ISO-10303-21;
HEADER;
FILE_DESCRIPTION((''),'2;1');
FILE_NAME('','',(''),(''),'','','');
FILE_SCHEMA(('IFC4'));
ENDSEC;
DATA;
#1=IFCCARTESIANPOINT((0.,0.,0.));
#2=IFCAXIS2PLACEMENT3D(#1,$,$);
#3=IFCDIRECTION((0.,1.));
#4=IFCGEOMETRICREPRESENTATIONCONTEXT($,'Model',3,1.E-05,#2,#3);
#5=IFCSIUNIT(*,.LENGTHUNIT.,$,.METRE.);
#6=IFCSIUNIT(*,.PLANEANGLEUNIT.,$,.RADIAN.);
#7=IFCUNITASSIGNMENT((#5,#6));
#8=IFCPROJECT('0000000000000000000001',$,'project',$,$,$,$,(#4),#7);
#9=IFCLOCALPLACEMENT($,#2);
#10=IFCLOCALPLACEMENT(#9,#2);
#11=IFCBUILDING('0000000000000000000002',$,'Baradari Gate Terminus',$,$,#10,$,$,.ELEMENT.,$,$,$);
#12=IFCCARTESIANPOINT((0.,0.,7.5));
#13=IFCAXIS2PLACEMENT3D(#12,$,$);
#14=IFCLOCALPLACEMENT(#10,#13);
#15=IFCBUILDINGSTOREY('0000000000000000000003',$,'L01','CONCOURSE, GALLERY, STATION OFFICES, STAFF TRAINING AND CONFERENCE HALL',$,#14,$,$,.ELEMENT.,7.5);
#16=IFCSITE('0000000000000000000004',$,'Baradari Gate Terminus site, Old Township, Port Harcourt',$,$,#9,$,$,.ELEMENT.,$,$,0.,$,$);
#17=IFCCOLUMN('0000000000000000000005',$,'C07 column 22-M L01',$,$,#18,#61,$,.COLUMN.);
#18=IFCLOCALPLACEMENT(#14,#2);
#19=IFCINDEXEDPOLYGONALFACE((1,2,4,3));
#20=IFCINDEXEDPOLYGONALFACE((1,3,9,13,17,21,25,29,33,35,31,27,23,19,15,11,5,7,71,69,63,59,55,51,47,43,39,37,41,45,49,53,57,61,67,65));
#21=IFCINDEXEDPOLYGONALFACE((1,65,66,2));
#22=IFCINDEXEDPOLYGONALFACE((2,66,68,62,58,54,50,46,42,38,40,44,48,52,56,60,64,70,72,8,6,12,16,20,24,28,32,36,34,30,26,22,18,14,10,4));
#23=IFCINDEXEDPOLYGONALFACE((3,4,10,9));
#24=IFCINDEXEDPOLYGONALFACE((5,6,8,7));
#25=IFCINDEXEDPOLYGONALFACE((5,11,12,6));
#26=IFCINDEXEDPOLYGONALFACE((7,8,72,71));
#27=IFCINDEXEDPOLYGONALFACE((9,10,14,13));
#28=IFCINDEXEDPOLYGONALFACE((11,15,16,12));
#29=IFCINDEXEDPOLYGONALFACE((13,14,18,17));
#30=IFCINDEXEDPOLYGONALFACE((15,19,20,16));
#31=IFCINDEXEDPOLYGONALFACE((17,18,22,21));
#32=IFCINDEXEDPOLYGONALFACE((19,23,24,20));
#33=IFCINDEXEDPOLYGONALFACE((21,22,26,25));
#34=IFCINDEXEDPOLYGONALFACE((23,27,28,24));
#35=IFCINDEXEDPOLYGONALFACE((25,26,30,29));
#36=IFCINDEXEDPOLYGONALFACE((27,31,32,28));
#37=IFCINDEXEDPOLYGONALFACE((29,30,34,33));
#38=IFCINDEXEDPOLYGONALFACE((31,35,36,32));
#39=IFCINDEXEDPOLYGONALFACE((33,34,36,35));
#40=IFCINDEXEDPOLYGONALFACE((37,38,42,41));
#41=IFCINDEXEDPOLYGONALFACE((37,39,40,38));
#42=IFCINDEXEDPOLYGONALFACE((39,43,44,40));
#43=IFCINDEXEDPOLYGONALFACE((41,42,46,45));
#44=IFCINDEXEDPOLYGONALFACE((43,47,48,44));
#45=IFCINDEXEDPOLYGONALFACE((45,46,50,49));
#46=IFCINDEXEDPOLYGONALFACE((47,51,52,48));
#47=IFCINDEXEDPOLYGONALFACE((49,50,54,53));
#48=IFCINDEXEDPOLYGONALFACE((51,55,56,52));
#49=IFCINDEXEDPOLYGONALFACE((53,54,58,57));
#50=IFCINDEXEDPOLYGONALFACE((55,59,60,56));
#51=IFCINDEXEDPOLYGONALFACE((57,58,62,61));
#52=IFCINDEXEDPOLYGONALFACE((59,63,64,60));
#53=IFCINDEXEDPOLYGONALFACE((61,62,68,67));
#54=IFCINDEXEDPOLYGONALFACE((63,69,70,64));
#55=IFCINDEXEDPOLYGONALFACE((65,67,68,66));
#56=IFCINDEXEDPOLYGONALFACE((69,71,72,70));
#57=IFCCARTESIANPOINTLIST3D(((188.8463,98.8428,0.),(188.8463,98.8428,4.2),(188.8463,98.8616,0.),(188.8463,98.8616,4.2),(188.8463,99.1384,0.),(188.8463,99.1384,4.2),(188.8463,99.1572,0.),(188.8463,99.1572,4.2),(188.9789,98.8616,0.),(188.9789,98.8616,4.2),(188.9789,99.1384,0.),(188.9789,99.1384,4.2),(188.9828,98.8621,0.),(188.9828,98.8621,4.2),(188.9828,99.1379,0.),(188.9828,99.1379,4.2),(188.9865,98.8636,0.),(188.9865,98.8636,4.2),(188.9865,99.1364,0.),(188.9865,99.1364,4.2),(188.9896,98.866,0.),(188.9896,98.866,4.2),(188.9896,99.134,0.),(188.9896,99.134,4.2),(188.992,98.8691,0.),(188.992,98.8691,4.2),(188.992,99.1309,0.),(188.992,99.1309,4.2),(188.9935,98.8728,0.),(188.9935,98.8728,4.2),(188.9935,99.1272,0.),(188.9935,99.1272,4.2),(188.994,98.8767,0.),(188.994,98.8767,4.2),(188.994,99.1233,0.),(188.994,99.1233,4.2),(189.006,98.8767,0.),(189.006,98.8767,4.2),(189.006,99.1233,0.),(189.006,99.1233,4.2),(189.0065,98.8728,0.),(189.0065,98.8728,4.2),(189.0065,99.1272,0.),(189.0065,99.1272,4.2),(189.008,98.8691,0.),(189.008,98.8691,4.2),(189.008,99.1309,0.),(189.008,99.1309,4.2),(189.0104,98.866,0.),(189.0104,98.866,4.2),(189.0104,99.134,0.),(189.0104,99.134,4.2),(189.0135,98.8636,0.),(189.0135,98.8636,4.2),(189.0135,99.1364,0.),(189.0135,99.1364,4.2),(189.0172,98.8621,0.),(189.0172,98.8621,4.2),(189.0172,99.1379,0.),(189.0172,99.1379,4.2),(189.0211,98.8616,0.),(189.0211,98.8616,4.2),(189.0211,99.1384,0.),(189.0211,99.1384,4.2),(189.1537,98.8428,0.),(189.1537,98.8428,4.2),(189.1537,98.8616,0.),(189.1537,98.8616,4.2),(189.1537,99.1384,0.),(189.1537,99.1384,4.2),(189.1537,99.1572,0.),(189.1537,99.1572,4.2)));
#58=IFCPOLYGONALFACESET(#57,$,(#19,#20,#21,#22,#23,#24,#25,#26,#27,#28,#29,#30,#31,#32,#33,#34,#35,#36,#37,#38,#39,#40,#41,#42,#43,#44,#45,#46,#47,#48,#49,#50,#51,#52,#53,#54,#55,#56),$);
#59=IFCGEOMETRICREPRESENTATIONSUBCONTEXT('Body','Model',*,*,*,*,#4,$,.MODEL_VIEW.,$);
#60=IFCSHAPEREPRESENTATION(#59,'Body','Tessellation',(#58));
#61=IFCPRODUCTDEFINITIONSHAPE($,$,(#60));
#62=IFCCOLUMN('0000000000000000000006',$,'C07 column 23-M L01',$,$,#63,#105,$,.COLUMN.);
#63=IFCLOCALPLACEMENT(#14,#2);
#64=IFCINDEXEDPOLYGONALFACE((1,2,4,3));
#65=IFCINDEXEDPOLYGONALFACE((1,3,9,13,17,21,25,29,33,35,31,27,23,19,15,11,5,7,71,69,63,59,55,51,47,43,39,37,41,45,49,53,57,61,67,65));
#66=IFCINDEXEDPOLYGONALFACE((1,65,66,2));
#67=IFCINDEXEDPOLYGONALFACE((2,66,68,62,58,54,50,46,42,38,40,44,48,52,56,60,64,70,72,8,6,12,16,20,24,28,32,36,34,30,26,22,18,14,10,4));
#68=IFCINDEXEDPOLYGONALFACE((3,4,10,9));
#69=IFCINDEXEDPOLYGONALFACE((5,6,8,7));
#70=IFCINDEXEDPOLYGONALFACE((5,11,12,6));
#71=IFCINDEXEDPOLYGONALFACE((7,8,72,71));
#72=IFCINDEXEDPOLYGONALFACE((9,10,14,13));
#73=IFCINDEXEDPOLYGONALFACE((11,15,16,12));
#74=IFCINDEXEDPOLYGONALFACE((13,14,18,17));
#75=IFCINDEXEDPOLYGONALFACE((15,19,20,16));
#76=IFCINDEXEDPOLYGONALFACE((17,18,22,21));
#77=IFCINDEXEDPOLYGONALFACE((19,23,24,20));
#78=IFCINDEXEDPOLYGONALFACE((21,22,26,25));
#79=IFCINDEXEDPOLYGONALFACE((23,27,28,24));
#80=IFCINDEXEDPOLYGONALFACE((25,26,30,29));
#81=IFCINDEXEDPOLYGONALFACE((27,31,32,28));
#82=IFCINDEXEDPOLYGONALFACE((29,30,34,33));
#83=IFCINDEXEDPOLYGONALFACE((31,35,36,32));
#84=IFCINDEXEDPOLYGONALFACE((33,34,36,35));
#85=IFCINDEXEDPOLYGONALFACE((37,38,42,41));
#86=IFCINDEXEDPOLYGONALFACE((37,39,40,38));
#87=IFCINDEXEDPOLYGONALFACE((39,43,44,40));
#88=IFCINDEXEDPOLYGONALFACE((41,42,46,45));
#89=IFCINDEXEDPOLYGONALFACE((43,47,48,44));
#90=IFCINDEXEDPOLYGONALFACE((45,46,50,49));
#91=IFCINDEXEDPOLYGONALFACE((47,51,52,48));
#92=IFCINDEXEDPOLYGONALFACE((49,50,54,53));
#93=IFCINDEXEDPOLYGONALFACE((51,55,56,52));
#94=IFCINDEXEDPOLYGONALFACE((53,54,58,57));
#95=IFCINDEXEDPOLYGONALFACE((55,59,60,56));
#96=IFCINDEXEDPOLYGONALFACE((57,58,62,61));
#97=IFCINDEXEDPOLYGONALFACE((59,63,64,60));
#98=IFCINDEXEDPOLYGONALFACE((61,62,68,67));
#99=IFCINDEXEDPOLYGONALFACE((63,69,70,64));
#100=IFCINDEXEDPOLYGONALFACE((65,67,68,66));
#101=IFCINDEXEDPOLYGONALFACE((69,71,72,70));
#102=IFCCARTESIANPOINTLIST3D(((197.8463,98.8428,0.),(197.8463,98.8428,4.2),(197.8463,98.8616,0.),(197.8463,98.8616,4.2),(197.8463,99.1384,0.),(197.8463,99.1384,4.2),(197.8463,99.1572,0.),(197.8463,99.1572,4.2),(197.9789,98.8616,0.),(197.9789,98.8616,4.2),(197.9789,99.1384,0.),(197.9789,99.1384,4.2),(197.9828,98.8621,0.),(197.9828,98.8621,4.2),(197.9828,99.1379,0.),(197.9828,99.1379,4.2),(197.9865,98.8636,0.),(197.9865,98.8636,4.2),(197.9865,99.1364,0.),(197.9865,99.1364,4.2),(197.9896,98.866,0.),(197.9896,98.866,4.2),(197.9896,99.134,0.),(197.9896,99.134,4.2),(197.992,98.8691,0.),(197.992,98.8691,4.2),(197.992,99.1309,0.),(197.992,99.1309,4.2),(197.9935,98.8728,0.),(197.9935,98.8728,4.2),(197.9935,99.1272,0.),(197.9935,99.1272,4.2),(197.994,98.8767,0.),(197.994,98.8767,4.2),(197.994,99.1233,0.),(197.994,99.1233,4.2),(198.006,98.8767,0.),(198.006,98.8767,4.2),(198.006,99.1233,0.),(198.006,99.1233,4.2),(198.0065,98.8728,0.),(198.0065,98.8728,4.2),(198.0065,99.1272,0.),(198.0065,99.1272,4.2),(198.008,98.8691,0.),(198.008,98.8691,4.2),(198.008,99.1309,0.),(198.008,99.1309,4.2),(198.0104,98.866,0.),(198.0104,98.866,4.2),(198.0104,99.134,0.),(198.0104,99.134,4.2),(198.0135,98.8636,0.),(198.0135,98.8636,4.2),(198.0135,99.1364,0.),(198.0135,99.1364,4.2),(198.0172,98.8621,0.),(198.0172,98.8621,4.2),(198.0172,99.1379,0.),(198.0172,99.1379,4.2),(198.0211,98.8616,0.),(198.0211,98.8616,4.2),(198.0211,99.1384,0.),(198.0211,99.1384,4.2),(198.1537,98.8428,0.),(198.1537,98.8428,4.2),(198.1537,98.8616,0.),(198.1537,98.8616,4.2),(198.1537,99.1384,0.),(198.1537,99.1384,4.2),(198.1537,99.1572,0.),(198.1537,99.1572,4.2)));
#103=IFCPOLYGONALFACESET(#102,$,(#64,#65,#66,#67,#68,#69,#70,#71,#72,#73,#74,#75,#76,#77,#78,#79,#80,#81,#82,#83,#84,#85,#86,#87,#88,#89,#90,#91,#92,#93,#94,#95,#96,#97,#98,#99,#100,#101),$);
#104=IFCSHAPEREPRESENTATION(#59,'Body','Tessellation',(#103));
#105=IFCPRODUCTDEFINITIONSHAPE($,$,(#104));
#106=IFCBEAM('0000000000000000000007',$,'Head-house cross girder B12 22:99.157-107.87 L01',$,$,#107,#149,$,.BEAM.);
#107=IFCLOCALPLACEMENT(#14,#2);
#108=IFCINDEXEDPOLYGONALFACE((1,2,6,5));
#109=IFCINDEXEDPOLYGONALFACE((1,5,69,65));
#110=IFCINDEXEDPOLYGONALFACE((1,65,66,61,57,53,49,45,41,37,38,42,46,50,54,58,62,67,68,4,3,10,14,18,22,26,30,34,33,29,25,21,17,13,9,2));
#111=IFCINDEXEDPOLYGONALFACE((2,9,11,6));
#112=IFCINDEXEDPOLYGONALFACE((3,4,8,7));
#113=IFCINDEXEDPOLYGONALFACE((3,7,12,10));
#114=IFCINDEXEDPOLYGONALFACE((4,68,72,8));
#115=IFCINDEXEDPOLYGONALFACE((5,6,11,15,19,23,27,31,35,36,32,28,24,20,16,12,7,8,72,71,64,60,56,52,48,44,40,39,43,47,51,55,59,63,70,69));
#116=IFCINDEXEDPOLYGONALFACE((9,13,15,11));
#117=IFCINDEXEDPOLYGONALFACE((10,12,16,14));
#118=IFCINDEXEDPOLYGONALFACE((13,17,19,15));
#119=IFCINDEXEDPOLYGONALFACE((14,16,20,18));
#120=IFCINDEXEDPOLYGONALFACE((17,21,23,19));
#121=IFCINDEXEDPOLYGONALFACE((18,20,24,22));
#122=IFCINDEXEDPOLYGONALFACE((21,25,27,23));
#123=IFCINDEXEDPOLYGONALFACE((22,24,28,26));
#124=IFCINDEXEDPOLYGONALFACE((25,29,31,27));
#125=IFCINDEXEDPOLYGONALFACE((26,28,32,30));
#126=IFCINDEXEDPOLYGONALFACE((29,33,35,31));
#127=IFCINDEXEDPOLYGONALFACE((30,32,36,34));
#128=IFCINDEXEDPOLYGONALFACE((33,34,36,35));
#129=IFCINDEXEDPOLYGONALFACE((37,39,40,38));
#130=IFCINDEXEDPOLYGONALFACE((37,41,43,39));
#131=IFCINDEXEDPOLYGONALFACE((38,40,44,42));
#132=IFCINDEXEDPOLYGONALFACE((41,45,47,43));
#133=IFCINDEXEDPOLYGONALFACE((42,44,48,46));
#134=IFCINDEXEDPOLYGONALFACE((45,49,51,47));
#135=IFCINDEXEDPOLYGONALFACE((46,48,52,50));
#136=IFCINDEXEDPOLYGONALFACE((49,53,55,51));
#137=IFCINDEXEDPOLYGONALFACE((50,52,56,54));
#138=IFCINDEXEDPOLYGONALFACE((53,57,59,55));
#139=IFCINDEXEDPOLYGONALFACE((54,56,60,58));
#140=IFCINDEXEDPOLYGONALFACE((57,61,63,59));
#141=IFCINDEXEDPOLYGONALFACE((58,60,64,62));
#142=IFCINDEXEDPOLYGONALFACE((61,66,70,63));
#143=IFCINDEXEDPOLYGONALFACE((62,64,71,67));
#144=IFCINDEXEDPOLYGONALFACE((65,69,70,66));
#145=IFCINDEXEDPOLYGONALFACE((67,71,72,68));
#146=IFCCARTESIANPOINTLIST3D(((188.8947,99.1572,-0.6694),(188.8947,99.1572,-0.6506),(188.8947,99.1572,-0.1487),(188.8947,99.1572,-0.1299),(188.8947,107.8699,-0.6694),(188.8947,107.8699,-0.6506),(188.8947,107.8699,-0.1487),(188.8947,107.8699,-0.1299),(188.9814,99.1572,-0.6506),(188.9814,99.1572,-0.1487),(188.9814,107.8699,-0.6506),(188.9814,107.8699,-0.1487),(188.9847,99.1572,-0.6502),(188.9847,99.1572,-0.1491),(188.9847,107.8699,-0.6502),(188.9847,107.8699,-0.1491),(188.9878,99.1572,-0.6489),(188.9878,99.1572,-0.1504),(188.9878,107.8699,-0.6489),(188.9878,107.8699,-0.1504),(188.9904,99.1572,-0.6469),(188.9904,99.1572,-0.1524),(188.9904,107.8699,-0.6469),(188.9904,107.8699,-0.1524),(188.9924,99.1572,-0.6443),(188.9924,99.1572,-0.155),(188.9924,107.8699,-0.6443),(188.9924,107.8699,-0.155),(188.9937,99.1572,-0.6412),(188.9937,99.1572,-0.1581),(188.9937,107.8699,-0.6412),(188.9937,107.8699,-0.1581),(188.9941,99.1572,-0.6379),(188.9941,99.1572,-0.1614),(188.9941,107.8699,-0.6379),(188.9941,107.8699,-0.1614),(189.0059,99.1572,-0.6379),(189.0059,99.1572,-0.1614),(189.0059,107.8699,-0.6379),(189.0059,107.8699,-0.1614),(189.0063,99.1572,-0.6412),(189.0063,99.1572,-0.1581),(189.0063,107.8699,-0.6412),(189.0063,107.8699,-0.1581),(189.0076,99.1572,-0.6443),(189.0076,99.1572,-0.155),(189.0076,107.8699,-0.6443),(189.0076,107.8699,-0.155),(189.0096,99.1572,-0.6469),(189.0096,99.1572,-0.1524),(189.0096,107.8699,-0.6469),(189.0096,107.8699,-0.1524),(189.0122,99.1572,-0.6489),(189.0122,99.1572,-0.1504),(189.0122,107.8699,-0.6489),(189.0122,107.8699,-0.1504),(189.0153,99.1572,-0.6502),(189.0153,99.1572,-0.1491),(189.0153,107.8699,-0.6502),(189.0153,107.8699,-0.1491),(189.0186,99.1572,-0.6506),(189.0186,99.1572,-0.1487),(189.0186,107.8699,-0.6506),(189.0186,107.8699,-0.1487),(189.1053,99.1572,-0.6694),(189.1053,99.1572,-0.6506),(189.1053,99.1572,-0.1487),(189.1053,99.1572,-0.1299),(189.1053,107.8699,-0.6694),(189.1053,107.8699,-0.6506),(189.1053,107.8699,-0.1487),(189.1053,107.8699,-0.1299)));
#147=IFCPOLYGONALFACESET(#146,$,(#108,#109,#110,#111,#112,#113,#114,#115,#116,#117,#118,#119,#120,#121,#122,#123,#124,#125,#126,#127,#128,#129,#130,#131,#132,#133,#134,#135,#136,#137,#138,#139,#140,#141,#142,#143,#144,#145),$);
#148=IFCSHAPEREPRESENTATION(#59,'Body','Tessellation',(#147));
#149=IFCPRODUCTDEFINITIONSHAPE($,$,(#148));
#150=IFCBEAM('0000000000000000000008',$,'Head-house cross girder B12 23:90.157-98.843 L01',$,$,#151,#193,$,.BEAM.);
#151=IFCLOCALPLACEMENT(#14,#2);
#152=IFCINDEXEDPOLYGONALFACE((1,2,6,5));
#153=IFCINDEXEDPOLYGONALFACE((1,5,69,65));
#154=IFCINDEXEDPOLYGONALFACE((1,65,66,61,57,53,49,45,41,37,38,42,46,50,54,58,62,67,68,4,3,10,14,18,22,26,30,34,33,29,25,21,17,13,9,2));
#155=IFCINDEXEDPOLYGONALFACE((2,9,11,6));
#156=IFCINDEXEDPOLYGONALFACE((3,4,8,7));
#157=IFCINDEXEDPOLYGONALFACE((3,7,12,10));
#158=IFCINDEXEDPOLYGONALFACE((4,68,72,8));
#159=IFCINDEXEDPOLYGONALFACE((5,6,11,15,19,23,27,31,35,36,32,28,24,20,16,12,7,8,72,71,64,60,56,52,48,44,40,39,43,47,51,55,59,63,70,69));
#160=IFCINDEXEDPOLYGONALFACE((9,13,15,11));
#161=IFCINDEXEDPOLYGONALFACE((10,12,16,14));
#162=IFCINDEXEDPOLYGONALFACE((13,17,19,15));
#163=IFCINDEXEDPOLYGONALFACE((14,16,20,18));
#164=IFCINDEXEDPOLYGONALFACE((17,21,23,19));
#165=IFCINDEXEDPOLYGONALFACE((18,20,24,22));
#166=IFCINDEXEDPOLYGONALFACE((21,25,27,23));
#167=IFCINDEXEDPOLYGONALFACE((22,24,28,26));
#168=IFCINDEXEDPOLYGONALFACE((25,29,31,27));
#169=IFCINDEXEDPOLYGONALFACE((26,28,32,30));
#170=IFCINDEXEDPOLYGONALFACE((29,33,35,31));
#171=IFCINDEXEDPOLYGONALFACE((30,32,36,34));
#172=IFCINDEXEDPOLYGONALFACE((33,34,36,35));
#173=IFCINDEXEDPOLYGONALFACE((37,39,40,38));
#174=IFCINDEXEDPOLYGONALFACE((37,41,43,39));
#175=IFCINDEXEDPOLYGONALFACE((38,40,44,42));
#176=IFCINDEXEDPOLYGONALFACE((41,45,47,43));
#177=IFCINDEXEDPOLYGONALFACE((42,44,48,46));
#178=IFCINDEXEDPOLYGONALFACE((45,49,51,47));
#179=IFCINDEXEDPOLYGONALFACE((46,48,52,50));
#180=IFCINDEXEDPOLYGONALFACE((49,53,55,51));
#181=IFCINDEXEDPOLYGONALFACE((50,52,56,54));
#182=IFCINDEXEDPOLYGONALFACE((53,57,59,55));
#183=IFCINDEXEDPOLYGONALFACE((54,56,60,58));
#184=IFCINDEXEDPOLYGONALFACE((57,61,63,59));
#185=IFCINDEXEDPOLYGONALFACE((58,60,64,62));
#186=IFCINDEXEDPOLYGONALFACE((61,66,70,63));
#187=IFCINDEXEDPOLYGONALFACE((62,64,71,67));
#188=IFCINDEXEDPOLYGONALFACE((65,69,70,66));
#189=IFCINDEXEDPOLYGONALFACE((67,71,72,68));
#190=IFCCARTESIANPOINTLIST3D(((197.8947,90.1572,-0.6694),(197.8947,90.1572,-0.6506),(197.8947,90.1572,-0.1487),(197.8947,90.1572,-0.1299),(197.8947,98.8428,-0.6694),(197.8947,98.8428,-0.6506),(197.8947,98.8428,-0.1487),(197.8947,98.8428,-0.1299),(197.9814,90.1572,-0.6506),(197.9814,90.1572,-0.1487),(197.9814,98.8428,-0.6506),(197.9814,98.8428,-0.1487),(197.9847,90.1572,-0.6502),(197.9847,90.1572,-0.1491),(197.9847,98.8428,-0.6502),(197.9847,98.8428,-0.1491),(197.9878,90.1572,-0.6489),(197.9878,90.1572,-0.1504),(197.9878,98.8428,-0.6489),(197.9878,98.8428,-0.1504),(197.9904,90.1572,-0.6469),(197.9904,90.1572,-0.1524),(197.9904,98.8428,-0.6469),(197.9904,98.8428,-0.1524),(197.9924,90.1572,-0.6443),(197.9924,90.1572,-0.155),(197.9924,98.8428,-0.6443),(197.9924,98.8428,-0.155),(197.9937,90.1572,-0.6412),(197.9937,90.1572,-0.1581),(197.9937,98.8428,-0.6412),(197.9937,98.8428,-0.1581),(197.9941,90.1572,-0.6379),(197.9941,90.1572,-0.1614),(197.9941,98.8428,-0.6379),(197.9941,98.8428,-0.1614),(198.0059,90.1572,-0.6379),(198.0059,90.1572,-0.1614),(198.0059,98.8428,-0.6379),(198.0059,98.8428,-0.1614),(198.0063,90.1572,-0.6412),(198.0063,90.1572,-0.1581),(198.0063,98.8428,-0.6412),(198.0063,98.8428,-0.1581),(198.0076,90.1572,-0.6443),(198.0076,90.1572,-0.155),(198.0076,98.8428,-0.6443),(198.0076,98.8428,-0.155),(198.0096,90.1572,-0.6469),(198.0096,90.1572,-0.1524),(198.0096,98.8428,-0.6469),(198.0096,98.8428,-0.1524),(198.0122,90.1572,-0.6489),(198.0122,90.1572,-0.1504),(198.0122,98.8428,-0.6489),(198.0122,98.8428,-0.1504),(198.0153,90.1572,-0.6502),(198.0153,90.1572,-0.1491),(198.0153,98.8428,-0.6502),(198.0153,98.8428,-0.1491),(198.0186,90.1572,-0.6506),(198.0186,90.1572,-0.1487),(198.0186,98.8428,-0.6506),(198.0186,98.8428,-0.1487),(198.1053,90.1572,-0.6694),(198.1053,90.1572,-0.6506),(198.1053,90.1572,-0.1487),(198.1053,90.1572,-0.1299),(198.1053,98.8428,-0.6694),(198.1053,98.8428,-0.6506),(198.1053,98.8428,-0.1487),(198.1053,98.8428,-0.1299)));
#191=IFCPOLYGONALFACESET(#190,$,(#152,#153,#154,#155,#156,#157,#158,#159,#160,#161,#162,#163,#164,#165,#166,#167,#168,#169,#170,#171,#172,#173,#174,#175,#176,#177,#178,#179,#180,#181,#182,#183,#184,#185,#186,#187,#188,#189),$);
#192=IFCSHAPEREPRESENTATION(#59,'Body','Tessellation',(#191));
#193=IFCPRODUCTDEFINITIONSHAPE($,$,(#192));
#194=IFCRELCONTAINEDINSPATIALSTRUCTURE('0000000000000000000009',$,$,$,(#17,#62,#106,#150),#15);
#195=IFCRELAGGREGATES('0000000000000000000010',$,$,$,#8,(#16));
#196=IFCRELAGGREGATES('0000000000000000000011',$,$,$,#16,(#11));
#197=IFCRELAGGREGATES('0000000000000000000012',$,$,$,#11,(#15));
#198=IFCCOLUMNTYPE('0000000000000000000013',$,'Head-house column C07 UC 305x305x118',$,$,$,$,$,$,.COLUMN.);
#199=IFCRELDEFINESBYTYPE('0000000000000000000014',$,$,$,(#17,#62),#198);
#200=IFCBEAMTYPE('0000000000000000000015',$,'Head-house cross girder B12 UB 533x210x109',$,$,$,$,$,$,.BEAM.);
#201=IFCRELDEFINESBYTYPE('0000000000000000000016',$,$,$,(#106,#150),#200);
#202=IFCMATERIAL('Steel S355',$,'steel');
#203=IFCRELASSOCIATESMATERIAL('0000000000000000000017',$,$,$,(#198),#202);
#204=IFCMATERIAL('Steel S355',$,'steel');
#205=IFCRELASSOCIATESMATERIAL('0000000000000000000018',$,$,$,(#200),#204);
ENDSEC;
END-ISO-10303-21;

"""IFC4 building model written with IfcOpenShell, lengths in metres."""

from ifc_helpers import new_model, si_unit, direction, frame, origin, origin_2d, place, context, subcontext, project, spatial, i_section, extrude, material, material_profile, profile_set, type_object, element, save


model = new_model("IFC4")

# Units and contexts
model_context = context("Model", 3, precision=1e-05, world=origin(), true_north=direction((0.0, 1.0)))
body_context = subcontext(model_context, "Body", "Model", "MODEL_VIEW")
ifc_project = project(units=[si_unit("LENGTHUNIT", "METRE"), si_unit("PLANEANGLEUNIT", "RADIAN")], contexts=[model_context])

# Site, building, storey
site_placement = place(None, origin())
site = spatial("IfcSite", under=ifc_project, at=site_placement, Name="Baradari Gate Terminus site, Old Township, Port Harcourt", CompositionType="ELEMENT", RefElevation=0.0)
building_placement = place(site_placement, origin())
building = spatial("IfcBuilding", under=site, at=building_placement, Name="Baradari Gate Terminus", CompositionType="ELEMENT")
storey_placement = place(building_placement, frame((0.0, 0.0, 7.5)))
storey = spatial("IfcBuildingStorey", under=building, at=storey_placement, Name="L01", Description="CONCOURSE, GALLERY, STATION OFFICES, STAFF TRAINING AND CONFERENCE HALL", CompositionType="ELEMENT", Elevation=7.5)

# Columns
ifc_material_1 = material(Name="Steel S355", Category="steel")
ifc_material_profile_1 = material_profile(ifc_material_1, i_section(OverallWidth=0.3074, OverallDepth=0.3145, WebThickness=0.012, FlangeThickness=0.0188, FilletRadius=0.0151, at=origin_2d()), Name="UC 305x305x118")
ifc_profile_set_1 = profile_set([ifc_material_profile_1], Name="Steel S355")
column_type = type_object("IfcColumnType", Name="Head-house column C07 UC 305x305x118", PredefinedType="COLUMN", material=ifc_profile_set_1)
for number, where, z_axis, x_axis, name in (
    (1, (189.0, 99.0, 0.0), (0.0, 0.0, 1.0), (1.0, 0.0, 0.0), "C07 column 22-M L01"),
    (2, (198.0, 99.0, 0.0), (0.0, 0.0, 1.0), (1.0, 0.0, 0.0), "C07 column 23-M L01"),
):
    element("IfcColumn", number, at=place(storey_placement, frame(where, z_axis=z_axis, x_axis=x_axis)), inside=storey, type_object=column_type, Name=name, PredefinedType="COLUMN", context=body_context, shape_type="SweptSolid", body=[
        extrude(i_section(OverallWidth=0.3074, OverallDepth=0.3145, WebThickness=0.012, FlangeThickness=0.0188, FilletRadius=0.0151, at=origin_2d()), origin(), (0.0, 0.0, 1.0), 4.2),
    ])

# Beams
ifc_material_2 = material(Name="Steel S355", Category="steel")
ifc_material_profile_2 = material_profile(ifc_material_2, i_section(OverallWidth=0.2107, OverallDepth=0.5396, WebThickness=0.0117, FlangeThickness=0.0188, FilletRadius=0.0127, at=origin_2d()), Name="UB 533x210x109")
ifc_profile_set_2 = profile_set([ifc_material_profile_2], Name="Steel S355")
beam_type_1 = type_object("IfcBeamType", Name="Head-house cross girder B12 UB 533x210x109", PredefinedType="BEAM", material=ifc_profile_set_2)
beam_1_placement = place(storey_placement, frame((189.0, 99.1572, -0.3997), z_axis=(0.0, 1.0, 0.0), x_axis=(-1.0, 0.0, 0.0)))
element("IfcBeam", 3, at=beam_1_placement, inside=storey, type_object=beam_type_1, Name="Head-house cross girder B12 22:99.157-107.87 L01", PredefinedType="BEAM", context=body_context, shape_type="SweptSolid", body=[
    extrude(i_section(OverallWidth=0.2107, OverallDepth=0.5396, WebThickness=0.0117, FlangeThickness=0.0188, FilletRadius=0.0127, at=origin_2d()), origin(), (0.0, 0.0, 1.0), 8.7126),
])
beam_2_placement = place(storey_placement, frame((198.0, 90.1572, -0.3997), z_axis=(0.0, 1.0, 0.0), x_axis=(-1.0, 0.0, 0.0)))
element("IfcBeam", 4, at=beam_2_placement, inside=storey, type_object=beam_type_1, Name="Head-house cross girder B12 23:90.157-98.843 L01", PredefinedType="BEAM", context=body_context, shape_type="SweptSolid", body=[
    extrude(i_section(OverallWidth=0.2107, OverallDepth=0.5396, WebThickness=0.0117, FlangeThickness=0.0188, FilletRadius=0.0127, at=origin_2d()), origin(), (0.0, 0.0, 1.0), 8.6855),
])

save(model, "model.ifc")
